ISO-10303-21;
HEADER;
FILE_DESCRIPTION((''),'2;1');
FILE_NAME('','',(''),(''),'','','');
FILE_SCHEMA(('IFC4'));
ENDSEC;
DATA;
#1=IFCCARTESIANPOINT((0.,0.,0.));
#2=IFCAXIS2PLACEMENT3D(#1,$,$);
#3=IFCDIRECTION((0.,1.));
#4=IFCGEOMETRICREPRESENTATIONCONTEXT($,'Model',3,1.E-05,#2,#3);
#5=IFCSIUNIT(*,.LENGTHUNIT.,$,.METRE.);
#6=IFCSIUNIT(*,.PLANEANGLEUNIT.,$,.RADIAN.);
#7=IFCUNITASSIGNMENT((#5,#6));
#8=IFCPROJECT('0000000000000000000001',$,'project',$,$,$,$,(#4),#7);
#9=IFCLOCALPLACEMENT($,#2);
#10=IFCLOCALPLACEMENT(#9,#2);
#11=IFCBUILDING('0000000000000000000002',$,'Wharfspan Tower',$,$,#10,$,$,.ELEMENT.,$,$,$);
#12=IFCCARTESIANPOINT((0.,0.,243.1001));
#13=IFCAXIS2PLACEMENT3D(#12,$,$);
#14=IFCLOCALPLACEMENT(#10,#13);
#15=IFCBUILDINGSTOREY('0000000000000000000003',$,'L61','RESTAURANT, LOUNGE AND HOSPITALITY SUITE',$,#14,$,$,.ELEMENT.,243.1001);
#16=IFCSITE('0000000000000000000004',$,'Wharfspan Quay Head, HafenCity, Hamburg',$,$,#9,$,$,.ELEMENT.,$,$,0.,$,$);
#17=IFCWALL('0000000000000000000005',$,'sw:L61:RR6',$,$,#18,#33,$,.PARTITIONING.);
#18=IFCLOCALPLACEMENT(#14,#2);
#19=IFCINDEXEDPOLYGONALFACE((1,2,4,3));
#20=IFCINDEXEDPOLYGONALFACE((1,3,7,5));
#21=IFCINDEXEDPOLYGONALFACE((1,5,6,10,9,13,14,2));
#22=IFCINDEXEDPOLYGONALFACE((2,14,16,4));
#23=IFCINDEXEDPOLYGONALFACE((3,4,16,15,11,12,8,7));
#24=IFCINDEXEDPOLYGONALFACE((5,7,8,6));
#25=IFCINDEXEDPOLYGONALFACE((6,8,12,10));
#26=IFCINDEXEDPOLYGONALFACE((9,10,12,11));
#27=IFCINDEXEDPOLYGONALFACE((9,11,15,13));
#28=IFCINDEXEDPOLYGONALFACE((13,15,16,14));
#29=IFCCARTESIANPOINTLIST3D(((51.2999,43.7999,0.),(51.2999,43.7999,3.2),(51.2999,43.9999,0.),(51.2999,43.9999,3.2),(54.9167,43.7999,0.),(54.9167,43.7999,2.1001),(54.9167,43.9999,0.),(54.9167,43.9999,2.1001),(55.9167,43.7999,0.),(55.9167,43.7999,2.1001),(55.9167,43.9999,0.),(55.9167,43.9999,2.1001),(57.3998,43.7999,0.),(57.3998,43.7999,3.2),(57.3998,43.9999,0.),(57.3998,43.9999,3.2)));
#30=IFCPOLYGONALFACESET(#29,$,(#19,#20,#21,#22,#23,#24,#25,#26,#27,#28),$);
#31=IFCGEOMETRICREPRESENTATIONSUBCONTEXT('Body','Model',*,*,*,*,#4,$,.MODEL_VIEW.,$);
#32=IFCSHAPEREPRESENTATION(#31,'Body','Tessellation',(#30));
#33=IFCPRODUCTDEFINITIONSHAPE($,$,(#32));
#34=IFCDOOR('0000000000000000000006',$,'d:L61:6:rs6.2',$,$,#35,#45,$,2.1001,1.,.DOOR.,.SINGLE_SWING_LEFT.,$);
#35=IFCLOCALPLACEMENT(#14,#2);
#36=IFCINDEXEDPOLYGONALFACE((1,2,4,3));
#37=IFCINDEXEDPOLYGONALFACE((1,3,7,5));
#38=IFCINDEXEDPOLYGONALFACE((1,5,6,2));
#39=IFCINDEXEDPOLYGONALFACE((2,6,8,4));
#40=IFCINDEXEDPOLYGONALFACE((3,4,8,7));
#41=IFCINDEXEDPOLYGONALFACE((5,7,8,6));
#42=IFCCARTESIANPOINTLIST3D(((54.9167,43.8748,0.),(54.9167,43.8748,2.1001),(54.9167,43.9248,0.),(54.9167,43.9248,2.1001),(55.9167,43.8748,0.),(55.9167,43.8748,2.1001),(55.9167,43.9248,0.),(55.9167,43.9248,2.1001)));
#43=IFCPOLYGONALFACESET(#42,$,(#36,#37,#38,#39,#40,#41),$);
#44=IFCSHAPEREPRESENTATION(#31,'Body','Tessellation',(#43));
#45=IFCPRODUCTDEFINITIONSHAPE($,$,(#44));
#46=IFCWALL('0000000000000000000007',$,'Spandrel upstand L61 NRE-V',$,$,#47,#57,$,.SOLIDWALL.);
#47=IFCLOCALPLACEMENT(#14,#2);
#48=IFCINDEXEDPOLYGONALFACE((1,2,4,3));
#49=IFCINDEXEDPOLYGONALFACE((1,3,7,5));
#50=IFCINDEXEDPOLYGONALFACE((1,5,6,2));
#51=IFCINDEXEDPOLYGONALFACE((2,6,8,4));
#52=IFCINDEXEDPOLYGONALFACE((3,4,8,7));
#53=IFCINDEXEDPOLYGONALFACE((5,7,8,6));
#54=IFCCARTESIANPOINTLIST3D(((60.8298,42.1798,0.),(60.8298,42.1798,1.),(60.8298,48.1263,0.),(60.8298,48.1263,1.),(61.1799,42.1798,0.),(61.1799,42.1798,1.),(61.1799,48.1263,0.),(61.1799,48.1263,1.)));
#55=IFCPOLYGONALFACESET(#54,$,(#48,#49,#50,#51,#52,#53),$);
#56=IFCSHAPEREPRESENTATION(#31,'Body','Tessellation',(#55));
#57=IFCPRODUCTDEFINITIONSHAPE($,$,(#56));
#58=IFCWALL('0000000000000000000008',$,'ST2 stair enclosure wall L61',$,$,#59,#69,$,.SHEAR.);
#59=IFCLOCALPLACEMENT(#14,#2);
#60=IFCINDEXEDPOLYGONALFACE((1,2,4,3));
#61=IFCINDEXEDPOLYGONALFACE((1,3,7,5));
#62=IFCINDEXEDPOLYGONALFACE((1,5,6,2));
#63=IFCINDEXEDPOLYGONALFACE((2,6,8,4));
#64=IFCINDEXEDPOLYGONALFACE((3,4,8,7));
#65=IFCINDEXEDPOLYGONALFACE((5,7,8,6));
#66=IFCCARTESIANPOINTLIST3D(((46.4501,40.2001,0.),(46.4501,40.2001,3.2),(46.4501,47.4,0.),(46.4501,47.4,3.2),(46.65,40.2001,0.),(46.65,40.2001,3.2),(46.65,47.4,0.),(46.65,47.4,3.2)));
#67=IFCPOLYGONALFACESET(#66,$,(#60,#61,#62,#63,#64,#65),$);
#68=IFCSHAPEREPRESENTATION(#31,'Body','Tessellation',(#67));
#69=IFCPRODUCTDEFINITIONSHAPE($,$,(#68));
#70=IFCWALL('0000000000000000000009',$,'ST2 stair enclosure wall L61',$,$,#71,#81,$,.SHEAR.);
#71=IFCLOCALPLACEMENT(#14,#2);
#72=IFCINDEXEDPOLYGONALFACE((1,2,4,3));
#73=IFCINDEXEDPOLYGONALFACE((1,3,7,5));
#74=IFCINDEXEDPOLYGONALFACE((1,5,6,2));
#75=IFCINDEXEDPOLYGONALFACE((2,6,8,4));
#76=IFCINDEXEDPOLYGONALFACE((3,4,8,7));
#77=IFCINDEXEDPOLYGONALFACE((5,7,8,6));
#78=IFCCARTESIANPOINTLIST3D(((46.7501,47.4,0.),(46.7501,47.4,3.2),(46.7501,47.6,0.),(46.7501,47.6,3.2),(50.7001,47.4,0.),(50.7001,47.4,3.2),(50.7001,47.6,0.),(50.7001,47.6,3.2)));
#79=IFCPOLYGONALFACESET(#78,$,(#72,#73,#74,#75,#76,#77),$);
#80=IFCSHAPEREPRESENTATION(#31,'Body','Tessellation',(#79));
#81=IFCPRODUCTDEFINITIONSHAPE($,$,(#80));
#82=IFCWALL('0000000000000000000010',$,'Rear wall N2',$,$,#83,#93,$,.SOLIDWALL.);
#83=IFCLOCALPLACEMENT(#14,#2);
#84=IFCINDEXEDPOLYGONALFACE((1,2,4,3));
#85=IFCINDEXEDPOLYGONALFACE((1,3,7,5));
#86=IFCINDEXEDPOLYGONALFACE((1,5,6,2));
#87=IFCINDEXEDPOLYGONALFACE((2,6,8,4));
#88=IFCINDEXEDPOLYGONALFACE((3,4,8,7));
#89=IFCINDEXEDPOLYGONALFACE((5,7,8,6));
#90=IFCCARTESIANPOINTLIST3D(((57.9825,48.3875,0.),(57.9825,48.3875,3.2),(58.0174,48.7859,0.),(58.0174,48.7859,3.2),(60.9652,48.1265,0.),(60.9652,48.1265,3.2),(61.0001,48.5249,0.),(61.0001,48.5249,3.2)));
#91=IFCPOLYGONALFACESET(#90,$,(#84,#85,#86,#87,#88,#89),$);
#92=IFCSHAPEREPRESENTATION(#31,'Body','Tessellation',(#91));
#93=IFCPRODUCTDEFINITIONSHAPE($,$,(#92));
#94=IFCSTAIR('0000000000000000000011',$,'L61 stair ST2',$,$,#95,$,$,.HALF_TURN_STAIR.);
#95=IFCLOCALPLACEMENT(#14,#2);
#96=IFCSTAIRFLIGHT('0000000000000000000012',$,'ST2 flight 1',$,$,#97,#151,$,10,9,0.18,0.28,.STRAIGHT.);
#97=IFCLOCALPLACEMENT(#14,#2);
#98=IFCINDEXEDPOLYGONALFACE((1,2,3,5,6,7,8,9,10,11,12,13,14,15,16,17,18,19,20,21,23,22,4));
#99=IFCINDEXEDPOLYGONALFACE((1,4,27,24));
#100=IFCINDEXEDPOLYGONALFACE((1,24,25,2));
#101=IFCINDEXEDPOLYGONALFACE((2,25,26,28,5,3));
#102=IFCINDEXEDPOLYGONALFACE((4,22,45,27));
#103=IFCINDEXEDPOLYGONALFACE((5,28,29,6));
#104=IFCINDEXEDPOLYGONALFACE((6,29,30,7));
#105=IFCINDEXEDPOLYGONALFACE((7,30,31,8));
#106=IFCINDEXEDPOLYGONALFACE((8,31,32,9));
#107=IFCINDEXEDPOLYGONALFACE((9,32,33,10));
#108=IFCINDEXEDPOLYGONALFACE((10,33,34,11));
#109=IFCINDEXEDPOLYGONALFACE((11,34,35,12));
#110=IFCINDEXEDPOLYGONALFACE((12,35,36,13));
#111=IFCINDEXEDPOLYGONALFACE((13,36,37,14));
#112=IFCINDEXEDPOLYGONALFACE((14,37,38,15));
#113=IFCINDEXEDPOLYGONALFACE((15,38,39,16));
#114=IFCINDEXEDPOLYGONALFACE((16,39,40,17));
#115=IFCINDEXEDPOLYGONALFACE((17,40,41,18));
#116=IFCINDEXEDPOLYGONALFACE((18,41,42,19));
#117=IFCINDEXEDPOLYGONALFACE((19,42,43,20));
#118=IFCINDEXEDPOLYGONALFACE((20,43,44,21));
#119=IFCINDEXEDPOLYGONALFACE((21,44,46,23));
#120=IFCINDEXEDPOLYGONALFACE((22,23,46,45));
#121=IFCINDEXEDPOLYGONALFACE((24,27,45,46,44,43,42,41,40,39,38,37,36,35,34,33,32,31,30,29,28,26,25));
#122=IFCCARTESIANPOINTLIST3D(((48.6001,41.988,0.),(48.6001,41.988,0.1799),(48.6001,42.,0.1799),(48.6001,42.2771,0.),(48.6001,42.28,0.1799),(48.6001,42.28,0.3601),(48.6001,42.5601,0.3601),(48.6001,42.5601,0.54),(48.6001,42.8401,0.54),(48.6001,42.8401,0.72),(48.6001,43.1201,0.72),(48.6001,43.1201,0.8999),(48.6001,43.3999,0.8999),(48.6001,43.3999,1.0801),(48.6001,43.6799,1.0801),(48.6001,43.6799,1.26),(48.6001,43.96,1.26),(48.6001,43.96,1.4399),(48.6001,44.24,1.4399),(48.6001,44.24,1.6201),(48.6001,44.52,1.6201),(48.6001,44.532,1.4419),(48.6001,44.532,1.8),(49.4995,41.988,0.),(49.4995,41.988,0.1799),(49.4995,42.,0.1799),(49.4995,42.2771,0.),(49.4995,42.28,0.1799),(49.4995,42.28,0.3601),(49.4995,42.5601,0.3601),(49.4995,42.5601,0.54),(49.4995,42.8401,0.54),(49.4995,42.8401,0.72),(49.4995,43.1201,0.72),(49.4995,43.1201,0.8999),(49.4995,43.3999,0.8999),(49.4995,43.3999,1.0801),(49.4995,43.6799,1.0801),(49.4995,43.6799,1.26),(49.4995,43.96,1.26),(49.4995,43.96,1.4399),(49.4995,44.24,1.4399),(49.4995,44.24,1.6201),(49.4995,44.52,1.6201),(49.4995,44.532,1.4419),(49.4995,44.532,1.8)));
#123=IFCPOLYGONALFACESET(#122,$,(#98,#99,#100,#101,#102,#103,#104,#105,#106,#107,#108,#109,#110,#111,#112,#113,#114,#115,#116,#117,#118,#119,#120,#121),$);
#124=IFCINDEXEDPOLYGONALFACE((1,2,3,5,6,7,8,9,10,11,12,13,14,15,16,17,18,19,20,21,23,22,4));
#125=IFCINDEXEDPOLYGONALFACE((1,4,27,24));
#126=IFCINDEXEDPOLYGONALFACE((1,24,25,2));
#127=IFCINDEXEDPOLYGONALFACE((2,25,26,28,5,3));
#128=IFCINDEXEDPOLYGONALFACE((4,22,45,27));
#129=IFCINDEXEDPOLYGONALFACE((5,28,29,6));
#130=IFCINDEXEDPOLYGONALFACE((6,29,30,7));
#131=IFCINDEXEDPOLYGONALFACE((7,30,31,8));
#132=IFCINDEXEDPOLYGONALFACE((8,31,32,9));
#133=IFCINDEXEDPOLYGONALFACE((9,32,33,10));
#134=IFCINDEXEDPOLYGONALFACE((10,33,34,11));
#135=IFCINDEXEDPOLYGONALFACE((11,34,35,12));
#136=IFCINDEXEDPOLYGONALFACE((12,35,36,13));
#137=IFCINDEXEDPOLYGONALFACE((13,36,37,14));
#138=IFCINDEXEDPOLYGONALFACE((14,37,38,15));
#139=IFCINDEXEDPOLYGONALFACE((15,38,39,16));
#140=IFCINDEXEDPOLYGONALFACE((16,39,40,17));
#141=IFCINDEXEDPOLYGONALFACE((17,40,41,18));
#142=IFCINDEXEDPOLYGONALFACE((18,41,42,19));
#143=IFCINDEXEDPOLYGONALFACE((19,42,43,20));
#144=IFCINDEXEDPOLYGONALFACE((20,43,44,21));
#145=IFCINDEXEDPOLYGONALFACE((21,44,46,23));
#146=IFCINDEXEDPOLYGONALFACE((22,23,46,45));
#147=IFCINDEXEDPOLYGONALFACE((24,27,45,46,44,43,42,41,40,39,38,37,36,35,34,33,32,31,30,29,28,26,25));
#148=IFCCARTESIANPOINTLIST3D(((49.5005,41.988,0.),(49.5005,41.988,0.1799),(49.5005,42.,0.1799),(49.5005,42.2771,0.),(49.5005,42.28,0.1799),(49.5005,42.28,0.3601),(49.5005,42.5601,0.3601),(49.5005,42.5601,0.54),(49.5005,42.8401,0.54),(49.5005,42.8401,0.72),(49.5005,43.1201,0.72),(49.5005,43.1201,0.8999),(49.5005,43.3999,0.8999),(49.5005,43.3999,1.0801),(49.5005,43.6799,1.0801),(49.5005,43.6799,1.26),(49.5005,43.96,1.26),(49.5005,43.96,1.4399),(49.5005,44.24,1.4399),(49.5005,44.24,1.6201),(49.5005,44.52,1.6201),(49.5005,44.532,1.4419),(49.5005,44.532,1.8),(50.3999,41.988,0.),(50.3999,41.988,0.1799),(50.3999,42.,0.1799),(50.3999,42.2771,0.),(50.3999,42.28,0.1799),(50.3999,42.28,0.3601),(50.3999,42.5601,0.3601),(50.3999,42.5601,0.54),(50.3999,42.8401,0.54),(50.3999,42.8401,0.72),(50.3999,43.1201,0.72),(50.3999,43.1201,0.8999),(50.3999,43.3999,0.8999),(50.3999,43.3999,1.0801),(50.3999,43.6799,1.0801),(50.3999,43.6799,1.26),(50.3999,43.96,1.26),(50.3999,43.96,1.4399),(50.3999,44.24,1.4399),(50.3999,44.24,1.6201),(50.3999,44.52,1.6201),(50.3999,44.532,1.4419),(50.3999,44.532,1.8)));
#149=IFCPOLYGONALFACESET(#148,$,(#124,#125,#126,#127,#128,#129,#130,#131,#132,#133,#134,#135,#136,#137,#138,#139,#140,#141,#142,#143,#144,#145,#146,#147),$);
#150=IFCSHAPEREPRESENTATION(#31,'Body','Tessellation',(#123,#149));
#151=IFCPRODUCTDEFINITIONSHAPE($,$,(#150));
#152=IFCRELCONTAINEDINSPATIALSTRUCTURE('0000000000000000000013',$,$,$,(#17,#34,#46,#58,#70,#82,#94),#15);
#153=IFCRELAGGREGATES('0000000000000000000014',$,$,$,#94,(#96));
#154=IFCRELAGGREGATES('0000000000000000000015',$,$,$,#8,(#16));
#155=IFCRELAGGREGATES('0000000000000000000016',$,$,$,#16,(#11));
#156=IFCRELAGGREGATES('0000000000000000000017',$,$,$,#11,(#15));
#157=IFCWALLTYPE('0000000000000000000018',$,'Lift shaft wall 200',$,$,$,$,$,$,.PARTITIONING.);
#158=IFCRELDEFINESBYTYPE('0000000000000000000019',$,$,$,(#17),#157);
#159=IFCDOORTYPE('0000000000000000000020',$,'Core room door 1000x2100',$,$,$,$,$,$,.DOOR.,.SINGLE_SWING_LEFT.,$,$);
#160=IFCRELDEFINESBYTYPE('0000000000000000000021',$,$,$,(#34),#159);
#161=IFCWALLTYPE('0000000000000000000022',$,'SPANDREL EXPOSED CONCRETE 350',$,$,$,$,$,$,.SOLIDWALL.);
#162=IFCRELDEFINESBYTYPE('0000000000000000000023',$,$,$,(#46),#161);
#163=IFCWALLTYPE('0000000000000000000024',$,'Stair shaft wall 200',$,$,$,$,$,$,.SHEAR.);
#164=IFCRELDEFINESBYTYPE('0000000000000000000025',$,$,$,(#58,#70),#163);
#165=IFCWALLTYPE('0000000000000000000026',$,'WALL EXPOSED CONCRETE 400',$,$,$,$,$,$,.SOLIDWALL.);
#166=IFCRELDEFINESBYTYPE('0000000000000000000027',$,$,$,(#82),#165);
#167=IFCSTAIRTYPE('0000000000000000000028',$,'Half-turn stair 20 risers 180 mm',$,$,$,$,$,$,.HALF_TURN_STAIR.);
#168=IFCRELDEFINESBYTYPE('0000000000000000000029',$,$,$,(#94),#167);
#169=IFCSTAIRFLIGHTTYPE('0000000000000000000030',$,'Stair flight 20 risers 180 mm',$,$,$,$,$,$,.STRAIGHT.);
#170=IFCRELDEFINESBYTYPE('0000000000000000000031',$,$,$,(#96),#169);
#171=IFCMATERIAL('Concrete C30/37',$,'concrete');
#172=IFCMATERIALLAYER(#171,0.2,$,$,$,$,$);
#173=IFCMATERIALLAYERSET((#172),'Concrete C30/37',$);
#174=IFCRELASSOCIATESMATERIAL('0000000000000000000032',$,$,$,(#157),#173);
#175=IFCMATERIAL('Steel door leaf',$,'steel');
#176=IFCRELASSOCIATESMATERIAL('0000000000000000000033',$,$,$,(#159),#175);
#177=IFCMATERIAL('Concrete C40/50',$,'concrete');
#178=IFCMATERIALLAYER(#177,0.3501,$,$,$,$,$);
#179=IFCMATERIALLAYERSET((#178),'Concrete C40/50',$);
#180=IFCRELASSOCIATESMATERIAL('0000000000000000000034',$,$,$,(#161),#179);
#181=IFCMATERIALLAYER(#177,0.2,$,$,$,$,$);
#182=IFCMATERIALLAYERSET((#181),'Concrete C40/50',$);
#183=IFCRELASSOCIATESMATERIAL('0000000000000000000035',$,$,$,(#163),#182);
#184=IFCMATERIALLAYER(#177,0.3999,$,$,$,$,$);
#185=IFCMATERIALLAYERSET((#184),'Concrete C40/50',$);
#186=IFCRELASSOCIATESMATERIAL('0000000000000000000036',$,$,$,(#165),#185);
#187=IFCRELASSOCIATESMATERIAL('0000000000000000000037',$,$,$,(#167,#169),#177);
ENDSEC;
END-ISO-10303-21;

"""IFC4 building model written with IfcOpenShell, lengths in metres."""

from ifc_helpers import new_model, si_unit, direction, frame, frame_2d, origin, place, context, subcontext, project, spatial, polyline, rectangle, outline, extrude, material, layer, layer_set, type_object, element, fill, aggregate, save


model = new_model("IFC4")

# Units and contexts
model_context = context("Model", 3, precision=1e-05, world=origin(), true_north=direction((0.0, 1.0)))
body_context = subcontext(model_context, "Body", "Model", "MODEL_VIEW")
ifc_project = project(units=[si_unit("LENGTHUNIT", "METRE"), si_unit("PLANEANGLEUNIT", "RADIAN")], contexts=[model_context])

# Site, building, storey
site_placement = place(None, origin())
site = spatial("IfcSite", under=ifc_project, at=site_placement, Name="Wharfspan Quay Head, HafenCity, Hamburg", CompositionType="ELEMENT", RefElevation=0.0)
building_placement = place(site_placement, origin())
building = spatial("IfcBuilding", under=site, at=building_placement, Name="Wharfspan Tower", CompositionType="ELEMENT")
storey_placement = place(building_placement, frame((0.0, 0.0, 243.1001)))
storey = spatial("IfcBuildingStorey", under=building, at=storey_placement, Name="L61", Description="RESTAURANT, LOUNGE AND HOSPITALITY SUITE", CompositionType="ELEMENT", Elevation=243.1001)

# Shared definitions
ifc_material_1 = material(Name="Concrete C30/37", Category="concrete")
ifc_layer_1 = layer(ifc_material_1, 0.2)
ifc_layer_set_1 = layer_set([ifc_layer_1], Name="Concrete C30/37")
wall_type_1 = type_object("IfcWallType", Name="Lift shaft wall 200", PredefinedType="PARTITIONING", material=ifc_layer_set_1)
ifc_material_2 = material(Name="Steel door leaf", Category="steel")
door_type_1 = type_object("IfcDoorType", Name="Core room door 1000x2100", OperationType="SINGLE_SWING_LEFT", PredefinedType="DOOR", material=ifc_material_2)

# Wall, opening, door
wall_1_placement = place(storey_placement, frame((51.3, 43.8999, 0.0), z_axis=(0.0, 0.0, 1.0), x_axis=(1.0, 0.0, 0.0)))
wall_1 = element("IfcWall", 1, at=wall_1_placement, inside=storey, type_object=wall_type_1, Name="sw:L61:RR6", PredefinedType="PARTITIONING", context=body_context, shape_type="SweptSolid", body=[
    extrude(rectangle(XDim=6.0999, YDim=0.2, at=frame_2d((3.0498, 0.0))), origin(), (0.0, 0.0, 1.0), 3.2),
])
opening_1_placement = place(wall_1_placement, frame((3.6167, 0.0, 0.0)))
opening_1 = element("IfcOpeningElement", 2, at=opening_1_placement, cuts=wall_1, PredefinedType="OPENING", context=body_context, shape_type="SweptSolid", body=[
    extrude(rectangle(XDim=1.0, YDim=2.1001, at=frame_2d((0.5, 1.05))), frame((0.0, 0.1099, 0.0), z_axis=(0.0, -1.0, 0.0), x_axis=(1.0, 0.0, 0.0)), (0.0, 0.0, 1.0), 0.22),
])
door_1_placement = place(opening_1_placement, origin())
door_1 = element("IfcDoor", 3, at=door_1_placement, inside=storey, type_object=door_type_1, Name="d:L61:6:rs6.2", OperationType="SINGLE_SWING_LEFT", OverallHeight=2.1001, OverallWidth=1.0, PredefinedType="DOOR", context=body_context, shape_type="SweptSolid", body=[
    extrude(rectangle(XDim=1.0, YDim=2.1001, at=frame_2d((0.5, 1.05))), frame((0.0, 0.0249, 0.0), z_axis=(0.0, -1.0, 0.0), x_axis=(1.0, 0.0, 0.0)), (0.0, 0.0, 1.0), 0.05),
])
fill(opening_1, door_1)

# Walls
ifc_material_3 = material(Name="Concrete C40/50", Category="concrete")
ifc_layer_2 = layer(ifc_material_3, 0.3501)
ifc_layer_set_2 = layer_set([ifc_layer_2], Name="Concrete C40/50")
wall_type_2 = type_object("IfcWallType", Name="SPANDREL EXPOSED CONCRETE 350", PredefinedType="SOLIDWALL", material=ifc_layer_set_2)
wall_2_placement = place(storey_placement, frame((61.0049, 42.1799, 0.0), z_axis=(0.0, 0.0, 1.0), x_axis=(0.0, 1.0, 0.0)))
element("IfcWall", 4, at=wall_2_placement, inside=storey, type_object=wall_type_2, Name="Spandrel upstand L61 NRE-V", PredefinedType="SOLIDWALL", context=body_context, shape_type="SweptSolid", body=[
    extrude(rectangle(XDim=5.9465, YDim=0.3501, at=frame_2d((2.9731, 0.0))), origin(), (0.0, 0.0, 1.0), 1.0),
])
ifc_layer_3 = layer(ifc_material_3, 0.2)
ifc_layer_set_3 = layer_set([ifc_layer_3], Name="Concrete C40/50")
wall_type_3 = type_object("IfcWallType", Name="Stair shaft wall 200", PredefinedType="SHEAR", material=ifc_layer_set_3)
wall_3_placement = place(storey_placement, frame((46.55, 40.2, 0.0), z_axis=(0.0, 0.0, 1.0), x_axis=(0.0, 1.0, 0.0)))
element("IfcWall", 5, at=wall_3_placement, inside=storey, type_object=wall_type_3, Name="ST2 stair enclosure wall L61", PredefinedType="SHEAR", context=body_context, shape_type="SweptSolid", body=[
    extrude(rectangle(XDim=7.2, YDim=0.2, at=frame_2d((3.6001, 0.0))), origin(), (0.0, 0.0, 1.0), 3.2),
])
wall_4_placement = place(storey_placement, frame((46.75, 47.5, 0.0), z_axis=(0.0, 0.0, 1.0), x_axis=(1.0, 0.0, 0.0)))
element("IfcWall", 6, at=wall_4_placement, inside=storey, type_object=wall_type_3, Name="ST2 stair enclosure wall L61", PredefinedType="SHEAR", context=body_context, shape_type="SweptSolid", body=[
    extrude(rectangle(XDim=3.95, YDim=0.2, at=frame_2d((1.9751, 0.0))), origin(), (0.0, 0.0, 1.0), 3.2),
])
ifc_layer_4 = layer(ifc_material_3, 0.3999)
ifc_layer_set_4 = layer_set([ifc_layer_4], Name="Concrete C40/50")
wall_type_4 = type_object("IfcWallType", Name="WALL EXPOSED CONCRETE 400", PredefinedType="SOLIDWALL", material=ifc_layer_set_4)
wall_5_placement = place(storey_placement, frame((60.9827, 48.3257, 0.0), z_axis=(0.0, 0.0, 1.0), x_axis=(-0.996194, 0.087168, 0.0)))
element("IfcWall", 7, at=wall_5_placement, inside=storey, type_object=wall_type_4, Name="Rear wall N2", PredefinedType="SOLIDWALL", context=body_context, shape_type="SweptSolid", body=[
    extrude(rectangle(XDim=2.9941, YDim=0.3999, at=frame_2d((1.4971, 0.0))), origin(), (0.0, 0.0, 1.0), 3.2),
])

# Stair, stair flight
stair_type = type_object("IfcStairType", Name="Half-turn stair 20 risers 180 mm", PredefinedType="HALF_TURN_STAIR", material=ifc_material_3)
stair_placement = place(storey_placement, origin())
stair = element("IfcStair", 8, at=stair_placement, inside=storey, type_object=stair_type, Name="L61 stair ST2", PredefinedType="HALF_TURN_STAIR")
stair_flight_type = type_object("IfcStairFlightType", Name="Stair flight 20 risers 180 mm", PredefinedType="STRAIGHT", material=ifc_material_3)
stair_flight_1_placement = place(storey_placement, frame((49.5, 42.0, 0.0), z_axis=(0.0, 0.0, 1.0), x_axis=(0.0, 1.0, 0.0)))
stair_flight_1 = element("IfcStairFlight", 9, at=stair_flight_1_placement, type_object=stair_flight_type, Name="ST2 flight 1", NumberOfRisers=10, NumberOfTreads=9, PredefinedType="STRAIGHT", RiserHeight=0.18, TreadLength=0.28, context=body_context, shape_type="SweptSolid", body=[
    extrude(outline(polyline([(-0.012, 0.0), (-0.012, 0.1799), (0.0, 0.1799), (0.28, 0.1799), (0.28, 0.3601), (0.5601, 0.3601), (0.5601, 0.54), (0.8401, 0.54), (0.8401, 0.72), (1.1201, 0.72), (1.1201, 0.8999), (1.3999, 0.8999), (1.3999, 1.0801), (1.6799, 1.0801), (1.6799, 1.26), (1.96, 1.26), (1.96, 1.4399), (2.24, 1.4399), (2.24, 1.6201), (2.52, 1.6201), (2.532, 1.8), (2.532, 1.4419), (0.2771, 0.0), (-0.012, 0.0)])), frame((0.0, 0.8999, 0.0), z_axis=(0.0, -1.0, 0.0), x_axis=(1.0, 0.0, 0.0)), (0.0, 0.0, 1.0), 0.8994),
    extrude(outline(polyline([(-0.012, 0.0), (-0.012, 0.1799), (0.0, 0.1799), (0.28, 0.1799), (0.28, 0.3601), (0.5601, 0.3601), (0.5601, 0.54), (0.8401, 0.54), (0.8401, 0.72), (1.1201, 0.72), (1.1201, 0.8999), (1.3999, 0.8999), (1.3999, 1.0801), (1.6799, 1.0801), (1.6799, 1.26), (1.96, 1.26), (1.96, 1.4399), (2.24, 1.4399), (2.24, 1.6201), (2.52, 1.6201), (2.532, 1.8), (2.532, 1.4419), (0.2771, 0.0), (-0.012, 0.0)])), frame((0.0, -0.0005, 0.0), z_axis=(0.0, -1.0, 0.0), x_axis=(1.0, 0.0, 0.0)), (0.0, 0.0, 1.0), 0.8994),
])
aggregate(stair, [stair_flight_1])

save(model, "model.ifc")
